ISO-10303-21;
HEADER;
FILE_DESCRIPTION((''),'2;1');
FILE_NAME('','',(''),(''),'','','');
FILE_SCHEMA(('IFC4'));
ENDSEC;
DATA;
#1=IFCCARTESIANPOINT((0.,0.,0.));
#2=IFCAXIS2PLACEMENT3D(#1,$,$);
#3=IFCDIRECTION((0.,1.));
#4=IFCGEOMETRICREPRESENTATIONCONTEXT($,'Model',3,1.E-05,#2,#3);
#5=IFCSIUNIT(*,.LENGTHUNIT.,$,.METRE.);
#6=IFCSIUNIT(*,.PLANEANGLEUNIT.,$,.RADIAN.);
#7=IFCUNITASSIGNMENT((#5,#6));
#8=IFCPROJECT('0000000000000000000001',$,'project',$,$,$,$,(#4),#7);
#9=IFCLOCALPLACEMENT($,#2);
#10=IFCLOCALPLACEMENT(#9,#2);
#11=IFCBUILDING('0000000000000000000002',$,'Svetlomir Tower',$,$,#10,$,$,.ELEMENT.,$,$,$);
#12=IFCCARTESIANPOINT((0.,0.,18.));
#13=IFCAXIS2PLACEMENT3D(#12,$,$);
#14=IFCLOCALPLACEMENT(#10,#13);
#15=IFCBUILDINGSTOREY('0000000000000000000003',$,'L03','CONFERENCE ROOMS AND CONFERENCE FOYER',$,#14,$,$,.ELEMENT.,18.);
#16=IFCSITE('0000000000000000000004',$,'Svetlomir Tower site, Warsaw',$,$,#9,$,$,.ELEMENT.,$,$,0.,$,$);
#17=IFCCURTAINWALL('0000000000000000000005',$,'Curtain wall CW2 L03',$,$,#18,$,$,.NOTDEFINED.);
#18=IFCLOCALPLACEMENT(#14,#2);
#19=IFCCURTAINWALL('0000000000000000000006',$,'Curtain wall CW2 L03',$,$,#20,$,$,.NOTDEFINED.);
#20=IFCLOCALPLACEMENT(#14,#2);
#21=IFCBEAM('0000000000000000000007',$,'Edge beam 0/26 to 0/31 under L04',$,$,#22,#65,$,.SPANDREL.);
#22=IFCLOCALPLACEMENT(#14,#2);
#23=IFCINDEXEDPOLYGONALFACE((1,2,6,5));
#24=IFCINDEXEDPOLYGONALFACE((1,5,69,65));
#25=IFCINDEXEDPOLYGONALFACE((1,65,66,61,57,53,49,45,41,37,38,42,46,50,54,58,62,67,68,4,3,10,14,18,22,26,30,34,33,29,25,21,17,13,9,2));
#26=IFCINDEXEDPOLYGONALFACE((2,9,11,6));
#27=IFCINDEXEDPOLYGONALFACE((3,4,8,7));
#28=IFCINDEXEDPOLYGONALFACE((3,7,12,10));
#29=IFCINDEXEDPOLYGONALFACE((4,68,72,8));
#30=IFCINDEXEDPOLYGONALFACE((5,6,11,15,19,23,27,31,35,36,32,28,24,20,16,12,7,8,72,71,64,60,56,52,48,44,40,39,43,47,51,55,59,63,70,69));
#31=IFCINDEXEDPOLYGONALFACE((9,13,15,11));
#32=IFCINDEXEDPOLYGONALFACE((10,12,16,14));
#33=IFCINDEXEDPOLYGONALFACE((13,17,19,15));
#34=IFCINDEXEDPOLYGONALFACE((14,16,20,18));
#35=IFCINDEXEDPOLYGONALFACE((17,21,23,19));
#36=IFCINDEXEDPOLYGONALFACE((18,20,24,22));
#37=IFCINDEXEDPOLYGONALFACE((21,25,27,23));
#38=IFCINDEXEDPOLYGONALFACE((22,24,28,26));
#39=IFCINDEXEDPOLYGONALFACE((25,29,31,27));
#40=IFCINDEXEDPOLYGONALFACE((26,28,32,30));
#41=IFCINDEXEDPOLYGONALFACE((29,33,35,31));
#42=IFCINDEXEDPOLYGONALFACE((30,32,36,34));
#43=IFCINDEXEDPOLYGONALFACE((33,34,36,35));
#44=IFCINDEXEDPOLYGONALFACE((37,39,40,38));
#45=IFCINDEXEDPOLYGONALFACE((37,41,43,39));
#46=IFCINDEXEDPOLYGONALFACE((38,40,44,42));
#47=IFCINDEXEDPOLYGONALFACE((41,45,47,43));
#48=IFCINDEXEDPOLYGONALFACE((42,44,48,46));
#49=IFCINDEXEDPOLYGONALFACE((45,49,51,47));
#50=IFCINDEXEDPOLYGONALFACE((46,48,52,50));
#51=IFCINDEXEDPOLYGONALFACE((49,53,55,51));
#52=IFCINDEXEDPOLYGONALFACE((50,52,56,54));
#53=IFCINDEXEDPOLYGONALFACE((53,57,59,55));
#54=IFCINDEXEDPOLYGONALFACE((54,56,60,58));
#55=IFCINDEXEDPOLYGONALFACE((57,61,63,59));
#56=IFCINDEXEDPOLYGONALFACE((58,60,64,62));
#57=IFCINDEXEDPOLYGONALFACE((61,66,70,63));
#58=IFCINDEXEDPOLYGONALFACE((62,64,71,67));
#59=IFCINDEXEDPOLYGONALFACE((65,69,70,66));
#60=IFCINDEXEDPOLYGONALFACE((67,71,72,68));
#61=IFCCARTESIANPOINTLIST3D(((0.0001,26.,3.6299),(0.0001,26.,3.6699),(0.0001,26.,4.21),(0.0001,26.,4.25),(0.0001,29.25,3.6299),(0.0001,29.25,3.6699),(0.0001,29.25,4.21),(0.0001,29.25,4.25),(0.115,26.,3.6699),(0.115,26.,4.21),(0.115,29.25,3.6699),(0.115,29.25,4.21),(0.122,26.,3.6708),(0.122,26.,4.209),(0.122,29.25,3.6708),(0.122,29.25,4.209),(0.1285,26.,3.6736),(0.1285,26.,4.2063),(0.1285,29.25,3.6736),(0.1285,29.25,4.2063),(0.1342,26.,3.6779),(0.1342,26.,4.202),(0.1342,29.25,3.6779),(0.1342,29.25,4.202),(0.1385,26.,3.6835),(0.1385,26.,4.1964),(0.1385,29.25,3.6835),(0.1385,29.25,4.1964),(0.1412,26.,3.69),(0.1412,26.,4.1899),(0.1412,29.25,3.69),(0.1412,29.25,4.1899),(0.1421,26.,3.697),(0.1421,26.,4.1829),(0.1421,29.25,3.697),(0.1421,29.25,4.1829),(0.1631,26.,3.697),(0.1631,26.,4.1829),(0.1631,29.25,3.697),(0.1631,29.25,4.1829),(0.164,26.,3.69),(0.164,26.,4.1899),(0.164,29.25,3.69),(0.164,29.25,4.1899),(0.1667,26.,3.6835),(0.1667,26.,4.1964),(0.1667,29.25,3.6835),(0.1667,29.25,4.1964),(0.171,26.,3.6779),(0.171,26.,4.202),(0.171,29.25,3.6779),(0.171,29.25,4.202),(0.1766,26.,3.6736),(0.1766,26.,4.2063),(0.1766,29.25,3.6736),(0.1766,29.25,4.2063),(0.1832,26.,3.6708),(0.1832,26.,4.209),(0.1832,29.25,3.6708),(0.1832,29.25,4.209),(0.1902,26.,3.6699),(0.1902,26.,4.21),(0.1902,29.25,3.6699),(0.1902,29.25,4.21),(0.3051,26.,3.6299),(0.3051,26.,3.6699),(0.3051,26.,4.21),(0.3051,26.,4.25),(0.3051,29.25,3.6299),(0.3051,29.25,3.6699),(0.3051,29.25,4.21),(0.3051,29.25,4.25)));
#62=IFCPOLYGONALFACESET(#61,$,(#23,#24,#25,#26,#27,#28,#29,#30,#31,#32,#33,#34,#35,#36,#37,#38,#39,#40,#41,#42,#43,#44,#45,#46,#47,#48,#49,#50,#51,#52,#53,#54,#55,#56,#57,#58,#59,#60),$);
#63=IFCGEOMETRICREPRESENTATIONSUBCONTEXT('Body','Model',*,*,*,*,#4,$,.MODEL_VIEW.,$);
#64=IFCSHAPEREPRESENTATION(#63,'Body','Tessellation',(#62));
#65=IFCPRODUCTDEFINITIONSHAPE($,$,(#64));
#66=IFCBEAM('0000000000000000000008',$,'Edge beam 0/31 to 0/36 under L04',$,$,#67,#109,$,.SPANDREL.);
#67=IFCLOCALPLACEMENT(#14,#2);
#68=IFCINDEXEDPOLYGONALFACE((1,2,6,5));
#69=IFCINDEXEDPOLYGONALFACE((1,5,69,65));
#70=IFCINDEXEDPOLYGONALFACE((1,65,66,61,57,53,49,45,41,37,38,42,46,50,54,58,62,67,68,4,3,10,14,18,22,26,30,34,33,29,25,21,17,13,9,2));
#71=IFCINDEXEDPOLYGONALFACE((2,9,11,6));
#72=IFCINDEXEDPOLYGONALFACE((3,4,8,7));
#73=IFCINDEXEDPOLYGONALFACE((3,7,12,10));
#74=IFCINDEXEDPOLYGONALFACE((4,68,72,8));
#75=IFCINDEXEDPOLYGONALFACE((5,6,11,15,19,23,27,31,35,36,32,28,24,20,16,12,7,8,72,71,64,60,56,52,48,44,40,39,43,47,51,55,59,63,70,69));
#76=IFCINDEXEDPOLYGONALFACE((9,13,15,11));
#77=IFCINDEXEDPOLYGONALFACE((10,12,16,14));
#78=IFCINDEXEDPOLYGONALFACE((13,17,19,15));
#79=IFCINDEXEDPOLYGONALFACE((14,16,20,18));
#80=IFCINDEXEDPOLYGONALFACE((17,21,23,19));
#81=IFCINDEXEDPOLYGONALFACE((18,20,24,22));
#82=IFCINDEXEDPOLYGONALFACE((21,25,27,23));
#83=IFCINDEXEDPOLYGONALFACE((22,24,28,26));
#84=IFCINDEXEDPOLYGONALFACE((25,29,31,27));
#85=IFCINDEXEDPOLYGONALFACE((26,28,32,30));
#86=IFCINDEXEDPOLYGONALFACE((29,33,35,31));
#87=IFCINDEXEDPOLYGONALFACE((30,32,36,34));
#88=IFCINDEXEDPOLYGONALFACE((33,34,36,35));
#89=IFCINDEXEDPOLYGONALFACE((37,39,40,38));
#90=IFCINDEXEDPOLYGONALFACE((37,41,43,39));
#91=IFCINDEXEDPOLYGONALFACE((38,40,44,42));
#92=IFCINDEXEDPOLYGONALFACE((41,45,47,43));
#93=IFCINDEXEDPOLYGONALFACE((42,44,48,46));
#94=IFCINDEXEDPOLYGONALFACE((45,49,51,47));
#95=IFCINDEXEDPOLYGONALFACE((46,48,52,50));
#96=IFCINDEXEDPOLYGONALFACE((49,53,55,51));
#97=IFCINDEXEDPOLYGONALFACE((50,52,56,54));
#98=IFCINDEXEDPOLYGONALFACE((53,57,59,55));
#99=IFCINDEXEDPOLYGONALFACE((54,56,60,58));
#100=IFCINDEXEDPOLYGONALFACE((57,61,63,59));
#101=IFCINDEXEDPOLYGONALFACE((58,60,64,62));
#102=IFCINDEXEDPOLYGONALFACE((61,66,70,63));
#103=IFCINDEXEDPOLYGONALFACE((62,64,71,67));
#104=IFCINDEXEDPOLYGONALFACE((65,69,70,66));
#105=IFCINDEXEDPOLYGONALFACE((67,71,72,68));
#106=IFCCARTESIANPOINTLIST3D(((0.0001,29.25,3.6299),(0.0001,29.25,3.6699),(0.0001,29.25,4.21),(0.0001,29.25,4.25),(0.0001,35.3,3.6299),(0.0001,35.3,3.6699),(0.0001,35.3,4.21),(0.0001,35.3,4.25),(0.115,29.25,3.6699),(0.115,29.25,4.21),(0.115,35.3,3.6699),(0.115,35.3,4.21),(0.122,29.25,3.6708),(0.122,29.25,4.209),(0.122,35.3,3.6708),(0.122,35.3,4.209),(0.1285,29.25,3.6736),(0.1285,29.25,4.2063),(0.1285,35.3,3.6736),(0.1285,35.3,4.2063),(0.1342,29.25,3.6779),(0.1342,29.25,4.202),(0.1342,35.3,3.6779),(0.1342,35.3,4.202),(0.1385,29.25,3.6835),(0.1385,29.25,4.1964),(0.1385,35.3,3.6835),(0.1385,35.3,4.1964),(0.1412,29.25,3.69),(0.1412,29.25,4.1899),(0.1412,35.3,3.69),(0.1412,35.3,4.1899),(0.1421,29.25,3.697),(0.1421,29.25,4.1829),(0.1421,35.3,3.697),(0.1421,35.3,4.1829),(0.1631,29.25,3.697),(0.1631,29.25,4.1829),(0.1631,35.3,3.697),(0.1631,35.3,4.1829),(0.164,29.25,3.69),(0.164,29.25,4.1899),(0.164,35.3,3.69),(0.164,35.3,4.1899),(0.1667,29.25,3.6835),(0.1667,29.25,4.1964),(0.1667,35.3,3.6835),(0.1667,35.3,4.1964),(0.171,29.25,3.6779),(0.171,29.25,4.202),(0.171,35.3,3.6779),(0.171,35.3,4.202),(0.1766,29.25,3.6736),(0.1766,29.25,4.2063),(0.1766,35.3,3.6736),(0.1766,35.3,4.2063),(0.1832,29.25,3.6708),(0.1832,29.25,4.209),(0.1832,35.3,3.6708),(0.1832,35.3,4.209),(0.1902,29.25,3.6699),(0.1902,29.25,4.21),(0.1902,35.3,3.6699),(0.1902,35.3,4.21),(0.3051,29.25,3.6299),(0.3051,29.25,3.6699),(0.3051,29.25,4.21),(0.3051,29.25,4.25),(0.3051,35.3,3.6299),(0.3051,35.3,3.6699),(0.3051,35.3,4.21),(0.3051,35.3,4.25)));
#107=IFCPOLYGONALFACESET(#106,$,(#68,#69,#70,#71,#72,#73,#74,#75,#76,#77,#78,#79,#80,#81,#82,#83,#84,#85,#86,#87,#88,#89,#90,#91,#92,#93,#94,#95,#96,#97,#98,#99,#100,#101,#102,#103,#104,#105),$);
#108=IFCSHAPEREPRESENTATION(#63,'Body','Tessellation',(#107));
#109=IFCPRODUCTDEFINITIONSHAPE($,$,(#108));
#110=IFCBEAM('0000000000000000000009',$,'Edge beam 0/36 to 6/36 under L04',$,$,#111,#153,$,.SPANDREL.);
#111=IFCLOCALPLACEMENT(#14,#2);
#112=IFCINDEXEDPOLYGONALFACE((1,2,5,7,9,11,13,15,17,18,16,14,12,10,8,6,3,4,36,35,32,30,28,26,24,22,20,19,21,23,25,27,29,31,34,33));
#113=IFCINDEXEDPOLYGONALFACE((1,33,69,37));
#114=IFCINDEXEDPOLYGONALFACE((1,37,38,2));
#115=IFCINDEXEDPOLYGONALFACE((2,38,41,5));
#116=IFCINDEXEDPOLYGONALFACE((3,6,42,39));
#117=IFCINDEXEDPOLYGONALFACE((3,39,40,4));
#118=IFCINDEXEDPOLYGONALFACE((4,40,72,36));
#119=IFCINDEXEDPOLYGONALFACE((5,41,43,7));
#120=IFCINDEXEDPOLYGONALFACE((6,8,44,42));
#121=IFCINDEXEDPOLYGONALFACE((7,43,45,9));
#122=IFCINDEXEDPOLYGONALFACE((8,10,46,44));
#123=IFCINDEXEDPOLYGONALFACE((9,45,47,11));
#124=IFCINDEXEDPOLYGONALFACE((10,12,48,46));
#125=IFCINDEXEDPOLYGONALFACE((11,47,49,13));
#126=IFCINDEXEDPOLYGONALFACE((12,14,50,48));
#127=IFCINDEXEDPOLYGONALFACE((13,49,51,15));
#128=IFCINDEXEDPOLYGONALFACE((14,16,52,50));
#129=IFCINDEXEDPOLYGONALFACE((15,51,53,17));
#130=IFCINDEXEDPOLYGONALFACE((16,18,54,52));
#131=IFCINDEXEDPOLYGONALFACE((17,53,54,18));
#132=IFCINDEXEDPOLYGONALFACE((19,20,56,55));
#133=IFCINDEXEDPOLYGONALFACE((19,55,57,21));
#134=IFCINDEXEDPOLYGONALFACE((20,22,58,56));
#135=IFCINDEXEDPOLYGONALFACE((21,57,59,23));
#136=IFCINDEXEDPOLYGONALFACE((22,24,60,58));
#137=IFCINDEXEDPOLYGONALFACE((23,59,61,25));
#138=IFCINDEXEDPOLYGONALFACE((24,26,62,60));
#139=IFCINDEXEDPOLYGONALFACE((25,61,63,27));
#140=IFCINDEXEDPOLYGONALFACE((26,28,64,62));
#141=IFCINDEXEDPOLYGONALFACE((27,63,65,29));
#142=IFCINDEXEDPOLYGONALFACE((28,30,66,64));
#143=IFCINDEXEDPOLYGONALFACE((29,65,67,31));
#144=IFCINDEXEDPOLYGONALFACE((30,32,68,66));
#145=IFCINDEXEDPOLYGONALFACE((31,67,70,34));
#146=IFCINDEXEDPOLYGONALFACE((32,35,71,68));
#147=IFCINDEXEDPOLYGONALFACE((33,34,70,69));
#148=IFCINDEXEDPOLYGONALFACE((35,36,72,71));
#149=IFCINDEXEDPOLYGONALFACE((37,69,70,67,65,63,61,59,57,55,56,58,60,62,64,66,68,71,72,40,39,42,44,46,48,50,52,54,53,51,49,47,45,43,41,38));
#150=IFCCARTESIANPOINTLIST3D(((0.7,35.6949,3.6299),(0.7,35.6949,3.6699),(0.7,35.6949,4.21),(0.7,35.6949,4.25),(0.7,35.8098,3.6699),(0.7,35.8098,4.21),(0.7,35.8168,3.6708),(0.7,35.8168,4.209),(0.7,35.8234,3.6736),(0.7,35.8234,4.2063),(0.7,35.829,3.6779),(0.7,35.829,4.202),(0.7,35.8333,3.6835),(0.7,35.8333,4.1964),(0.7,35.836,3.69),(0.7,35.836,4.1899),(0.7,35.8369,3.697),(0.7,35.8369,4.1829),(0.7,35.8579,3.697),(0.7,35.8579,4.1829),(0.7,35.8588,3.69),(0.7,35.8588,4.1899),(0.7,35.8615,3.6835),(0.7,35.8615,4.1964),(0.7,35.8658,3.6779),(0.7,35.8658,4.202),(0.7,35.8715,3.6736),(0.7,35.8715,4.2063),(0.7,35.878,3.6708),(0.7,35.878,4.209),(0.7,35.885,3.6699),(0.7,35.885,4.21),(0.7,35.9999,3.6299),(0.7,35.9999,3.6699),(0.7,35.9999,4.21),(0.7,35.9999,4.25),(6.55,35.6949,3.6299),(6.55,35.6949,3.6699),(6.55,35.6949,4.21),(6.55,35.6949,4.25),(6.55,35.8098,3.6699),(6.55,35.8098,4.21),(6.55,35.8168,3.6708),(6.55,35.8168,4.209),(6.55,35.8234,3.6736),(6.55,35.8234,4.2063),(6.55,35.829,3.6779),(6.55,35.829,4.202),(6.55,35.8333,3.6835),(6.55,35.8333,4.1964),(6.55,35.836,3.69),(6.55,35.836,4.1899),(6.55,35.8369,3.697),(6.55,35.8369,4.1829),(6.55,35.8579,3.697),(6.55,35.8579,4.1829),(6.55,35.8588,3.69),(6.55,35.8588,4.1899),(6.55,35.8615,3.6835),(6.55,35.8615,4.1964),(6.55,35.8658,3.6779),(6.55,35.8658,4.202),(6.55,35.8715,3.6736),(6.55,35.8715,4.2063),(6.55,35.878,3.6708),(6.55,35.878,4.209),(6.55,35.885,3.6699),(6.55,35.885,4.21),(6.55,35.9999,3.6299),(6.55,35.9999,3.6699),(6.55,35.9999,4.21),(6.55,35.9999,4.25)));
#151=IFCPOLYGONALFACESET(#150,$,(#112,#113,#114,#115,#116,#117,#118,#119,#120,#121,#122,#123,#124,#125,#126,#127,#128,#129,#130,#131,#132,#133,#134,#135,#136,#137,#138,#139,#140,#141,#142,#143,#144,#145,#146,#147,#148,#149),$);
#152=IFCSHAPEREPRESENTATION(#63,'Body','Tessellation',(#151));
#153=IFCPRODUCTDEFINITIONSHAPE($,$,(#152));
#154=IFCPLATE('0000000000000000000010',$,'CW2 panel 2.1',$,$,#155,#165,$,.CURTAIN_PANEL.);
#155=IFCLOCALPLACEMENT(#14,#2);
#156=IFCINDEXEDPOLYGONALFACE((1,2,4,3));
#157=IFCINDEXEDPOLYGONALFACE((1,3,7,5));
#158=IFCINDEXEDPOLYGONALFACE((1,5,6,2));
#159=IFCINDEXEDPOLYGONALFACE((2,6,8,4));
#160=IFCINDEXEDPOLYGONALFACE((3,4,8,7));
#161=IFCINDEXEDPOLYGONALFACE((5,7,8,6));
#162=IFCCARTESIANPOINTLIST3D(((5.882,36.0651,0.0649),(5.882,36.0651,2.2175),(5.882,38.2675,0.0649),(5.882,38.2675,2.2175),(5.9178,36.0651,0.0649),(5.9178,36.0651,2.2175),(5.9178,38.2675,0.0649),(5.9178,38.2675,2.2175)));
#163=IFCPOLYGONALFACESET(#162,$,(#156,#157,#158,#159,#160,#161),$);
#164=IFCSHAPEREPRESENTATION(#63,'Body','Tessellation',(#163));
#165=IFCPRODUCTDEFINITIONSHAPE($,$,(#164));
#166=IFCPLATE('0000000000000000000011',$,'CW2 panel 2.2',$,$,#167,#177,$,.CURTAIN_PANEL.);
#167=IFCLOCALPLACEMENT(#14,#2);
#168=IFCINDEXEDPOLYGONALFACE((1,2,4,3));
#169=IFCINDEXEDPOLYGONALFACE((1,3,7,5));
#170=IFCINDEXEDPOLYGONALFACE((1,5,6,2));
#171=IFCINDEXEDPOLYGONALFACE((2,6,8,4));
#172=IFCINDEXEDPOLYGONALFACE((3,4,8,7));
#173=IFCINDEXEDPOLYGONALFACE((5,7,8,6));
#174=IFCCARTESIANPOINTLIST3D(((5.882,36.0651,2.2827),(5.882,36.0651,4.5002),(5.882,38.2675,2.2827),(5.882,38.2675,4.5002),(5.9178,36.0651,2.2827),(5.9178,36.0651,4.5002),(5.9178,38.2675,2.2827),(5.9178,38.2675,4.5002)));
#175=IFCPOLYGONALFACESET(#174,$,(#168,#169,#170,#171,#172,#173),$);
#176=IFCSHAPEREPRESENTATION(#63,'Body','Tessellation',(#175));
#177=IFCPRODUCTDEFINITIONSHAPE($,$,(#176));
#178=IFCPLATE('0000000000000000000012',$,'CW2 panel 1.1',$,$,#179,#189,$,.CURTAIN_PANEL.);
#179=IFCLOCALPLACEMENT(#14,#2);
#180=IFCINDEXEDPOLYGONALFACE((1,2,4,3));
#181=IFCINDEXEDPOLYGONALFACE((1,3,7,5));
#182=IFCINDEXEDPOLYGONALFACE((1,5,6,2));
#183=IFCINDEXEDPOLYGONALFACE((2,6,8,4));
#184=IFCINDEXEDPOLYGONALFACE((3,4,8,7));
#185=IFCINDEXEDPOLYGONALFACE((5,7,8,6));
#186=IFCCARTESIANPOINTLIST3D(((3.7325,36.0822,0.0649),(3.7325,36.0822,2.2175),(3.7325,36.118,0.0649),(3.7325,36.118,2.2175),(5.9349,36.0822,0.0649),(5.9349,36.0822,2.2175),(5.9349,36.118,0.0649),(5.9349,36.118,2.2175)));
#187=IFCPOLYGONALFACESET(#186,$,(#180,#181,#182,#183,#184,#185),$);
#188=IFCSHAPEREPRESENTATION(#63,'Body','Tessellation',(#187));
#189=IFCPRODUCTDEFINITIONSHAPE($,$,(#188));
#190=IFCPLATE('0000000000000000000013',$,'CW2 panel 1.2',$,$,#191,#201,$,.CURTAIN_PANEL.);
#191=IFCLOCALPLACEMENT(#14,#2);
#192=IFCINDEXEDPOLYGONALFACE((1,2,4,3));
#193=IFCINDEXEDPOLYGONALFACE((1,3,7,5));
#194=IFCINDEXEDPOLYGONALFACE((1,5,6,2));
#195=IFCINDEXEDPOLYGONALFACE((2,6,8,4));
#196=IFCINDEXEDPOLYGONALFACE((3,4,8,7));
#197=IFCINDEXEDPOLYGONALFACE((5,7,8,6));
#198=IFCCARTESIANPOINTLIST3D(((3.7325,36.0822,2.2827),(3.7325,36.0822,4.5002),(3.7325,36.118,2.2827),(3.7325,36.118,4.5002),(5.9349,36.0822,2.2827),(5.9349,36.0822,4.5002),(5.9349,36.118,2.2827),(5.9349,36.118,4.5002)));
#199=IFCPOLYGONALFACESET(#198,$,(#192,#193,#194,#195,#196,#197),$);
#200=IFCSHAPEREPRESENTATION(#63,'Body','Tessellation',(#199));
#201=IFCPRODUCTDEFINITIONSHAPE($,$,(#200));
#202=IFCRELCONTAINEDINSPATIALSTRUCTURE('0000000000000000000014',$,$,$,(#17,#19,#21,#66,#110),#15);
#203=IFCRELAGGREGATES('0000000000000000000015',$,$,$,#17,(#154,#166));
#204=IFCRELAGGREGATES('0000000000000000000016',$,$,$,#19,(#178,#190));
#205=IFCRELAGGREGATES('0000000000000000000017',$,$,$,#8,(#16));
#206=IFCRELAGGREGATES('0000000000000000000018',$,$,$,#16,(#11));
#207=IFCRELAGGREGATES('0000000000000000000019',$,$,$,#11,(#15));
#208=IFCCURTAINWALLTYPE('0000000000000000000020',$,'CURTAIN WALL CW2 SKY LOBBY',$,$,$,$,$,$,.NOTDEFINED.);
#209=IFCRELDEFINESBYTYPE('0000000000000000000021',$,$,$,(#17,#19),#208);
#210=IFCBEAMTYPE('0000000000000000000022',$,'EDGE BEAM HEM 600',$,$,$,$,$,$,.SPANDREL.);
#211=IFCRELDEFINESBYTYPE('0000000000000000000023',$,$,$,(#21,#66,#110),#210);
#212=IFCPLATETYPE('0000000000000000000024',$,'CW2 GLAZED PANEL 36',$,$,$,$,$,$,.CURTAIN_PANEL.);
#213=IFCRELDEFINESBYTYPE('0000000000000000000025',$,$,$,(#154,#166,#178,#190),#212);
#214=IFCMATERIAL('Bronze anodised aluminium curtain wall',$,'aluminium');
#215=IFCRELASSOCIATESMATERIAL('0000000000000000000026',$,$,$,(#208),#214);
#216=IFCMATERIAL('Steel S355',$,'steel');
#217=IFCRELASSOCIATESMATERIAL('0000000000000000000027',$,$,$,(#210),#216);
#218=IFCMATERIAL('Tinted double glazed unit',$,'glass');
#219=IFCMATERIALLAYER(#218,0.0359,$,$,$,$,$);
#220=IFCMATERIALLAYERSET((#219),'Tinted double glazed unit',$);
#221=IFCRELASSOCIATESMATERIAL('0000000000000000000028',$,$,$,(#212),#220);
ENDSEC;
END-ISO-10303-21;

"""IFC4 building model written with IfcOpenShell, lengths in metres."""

from ifc_helpers import new_model, si_unit, direction, frame, origin, origin_2d, place, context, subcontext, project, spatial, rectangle, i_section, extrude, material, layer, layer_set, material_profile, profile_set, type_object, element, aggregate, save


model = new_model("IFC4")

# Units and contexts
model_context = context("Model", 3, precision=1e-05, world=origin(), true_north=direction((0.0, 1.0)))
body_context = subcontext(model_context, "Body", "Model", "MODEL_VIEW")
ifc_project = project(units=[si_unit("LENGTHUNIT", "METRE"), si_unit("PLANEANGLEUNIT", "RADIAN")], contexts=[model_context])

# Site, building, storey
site_placement = place(None, origin())
site = spatial("IfcSite", under=ifc_project, at=site_placement, Name="Svetlomir Tower site, Warsaw", CompositionType="ELEMENT", RefElevation=0.0)
building_placement = place(site_placement, origin())
building = spatial("IfcBuilding", under=site, at=building_placement, Name="Svetlomir Tower", CompositionType="ELEMENT")
storey_placement = place(building_placement, frame((0.0, 0.0, 18.0)))
storey = spatial("IfcBuildingStorey", under=building, at=storey_placement, Name="L03", Description="CONFERENCE ROOMS AND CONFERENCE FOYER", CompositionType="ELEMENT", Elevation=18.0)

# Curtain wall
ifc_material_1 = material(Name="Bronze anodised aluminium curtain wall", Category="aluminium")
curtain_wall_type = type_object("IfcCurtainWallType", Name="CURTAIN WALL CW2 SKY LOBBY", PredefinedType="NOTDEFINED", material=ifc_material_1)
curtain_wall_1_placement = place(storey_placement, origin())
curtain_wall_1 = element("IfcCurtainWall", 1, at=curtain_wall_1_placement, inside=storey, type_object=curtain_wall_type, Name="Curtain wall CW2 L03", PredefinedType="NOTDEFINED")

# Curtain wall
curtain_wall_2_placement = place(storey_placement, origin())
curtain_wall_2 = element("IfcCurtainWall", 2, at=curtain_wall_2_placement, inside=storey, type_object=curtain_wall_type, Name="Curtain wall CW2 L03", PredefinedType="NOTDEFINED")

# Beams
ifc_material_2 = material(Name="Steel S355", Category="steel")
ifc_material_profile_1 = material_profile(ifc_material_2, i_section(OverallWidth=0.3049, OverallDepth=0.6201, WebThickness=0.021, FlangeThickness=0.04, FilletRadius=0.0271, at=origin_2d()), Name="HEM 600")
ifc_profile_set_1 = profile_set([ifc_material_profile_1], Name="Steel S355")
beam_type = type_object("IfcBeamType", Name="EDGE BEAM HEM 600", PredefinedType="SPANDREL", material=ifc_profile_set_1)
beam_1_placement = place(storey_placement, frame((0.1526, 26.0, 3.9399), z_axis=(0.0, 1.0, 0.0), x_axis=(-1.0, 0.0, 0.0)))
element("IfcBeam", 3, at=beam_1_placement, inside=storey, type_object=beam_type, Name="Edge beam 0/26 to 0/31 under L04", PredefinedType="SPANDREL", context=body_context, shape_type="SweptSolid", body=[
    extrude(i_section(OverallWidth=0.3049, OverallDepth=0.6201, WebThickness=0.021, FlangeThickness=0.04, FilletRadius=0.0271, at=origin_2d()), origin(), (0.0, 0.0, 1.0), 3.25),
])
beam_2_placement = place(storey_placement, frame((0.1526, 29.25, 3.9399), z_axis=(0.0, 1.0, 0.0), x_axis=(-1.0, 0.0, 0.0)))
element("IfcBeam", 4, at=beam_2_placement, inside=storey, type_object=beam_type, Name="Edge beam 0/31 to 0/36 under L04", PredefinedType="SPANDREL", context=body_context, shape_type="SweptSolid", body=[
    extrude(i_section(OverallWidth=0.3049, OverallDepth=0.6201, WebThickness=0.021, FlangeThickness=0.04, FilletRadius=0.0271, at=origin_2d()), origin(), (0.0, 0.0, 1.0), 6.05),
])
beam_3_placement = place(storey_placement, frame((0.7, 35.8474, 3.9399), z_axis=(1.0, 0.0, 0.0), x_axis=(0.0, 1.0, 0.0)))
element("IfcBeam", 5, at=beam_3_placement, inside=storey, type_object=beam_type, Name="Edge beam 0/36 to 6/36 under L04", PredefinedType="SPANDREL", context=body_context, shape_type="SweptSolid", body=[
    extrude(i_section(OverallWidth=0.3049, OverallDepth=0.6201, WebThickness=0.021, FlangeThickness=0.04, FilletRadius=0.0271, at=origin_2d()), origin(), (0.0, 0.0, 1.0), 5.8501),
])

# Plates
ifc_material_3 = material(Name="Tinted double glazed unit", Category="glass")
ifc_layer_1 = layer(ifc_material_3, 0.0359)
ifc_layer_set_1 = layer_set([ifc_layer_1], Name="Tinted double glazed unit")
plate_type = type_object("IfcPlateType", Name="CW2 GLAZED PANEL 36", PredefinedType="CURTAIN_PANEL", material=ifc_layer_set_1)
plate_1_placement = place(storey_placement, frame((5.8999, 37.1663, 0.0649), z_axis=(0.0, 0.0, 1.0), x_axis=(0.0, -1.0, 0.0)))
plate_1 = element("IfcPlate", 6, at=plate_1_placement, type_object=plate_type, Name="CW2 panel 2.1", PredefinedType="CURTAIN_PANEL", context=body_context, shape_type="SweptSolid", body=[
    extrude(rectangle(XDim=2.2024, YDim=0.0359, at=origin_2d()), origin(), (0.0, 0.0, 1.0), 2.1526),
])
plate_2_placement = place(storey_placement, frame((5.8999, 37.1663, 2.2827), z_axis=(0.0, 0.0, 1.0), x_axis=(0.0, -1.0, 0.0)))
plate_2 = element("IfcPlate", 7, at=plate_2_placement, type_object=plate_type, Name="CW2 panel 2.2", PredefinedType="CURTAIN_PANEL", context=body_context, shape_type="SweptSolid", body=[
    extrude(rectangle(XDim=2.2024, YDim=0.0359, at=origin_2d()), origin(), (0.0, 0.0, 1.0), 2.2175),
])
aggregate(curtain_wall_1, [plate_1, plate_2])
plate_3_placement = place(storey_placement, frame((4.8337, 36.1001, 0.0649), z_axis=(0.0, 0.0, 1.0), x_axis=(-1.0, 0.0, 0.0)))
plate_3 = element("IfcPlate", 8, at=plate_3_placement, type_object=plate_type, Name="CW2 panel 1.1", PredefinedType="CURTAIN_PANEL", context=body_context, shape_type="SweptSolid", body=[
    extrude(rectangle(XDim=2.2024, YDim=0.0359, at=origin_2d()), origin(), (0.0, 0.0, 1.0), 2.1526),
])
plate_4_placement = place(storey_placement, frame((4.8337, 36.1001, 2.2827), z_axis=(0.0, 0.0, 1.0), x_axis=(-1.0, 0.0, 0.0)))
plate_4 = element("IfcPlate", 9, at=plate_4_placement, type_object=plate_type, Name="CW2 panel 1.2", PredefinedType="CURTAIN_PANEL", context=body_context, shape_type="SweptSolid", body=[
    extrude(rectangle(XDim=2.2024, YDim=0.0359, at=origin_2d()), origin(), (0.0, 0.0, 1.0), 2.2175),
])
aggregate(curtain_wall_2, [plate_3, plate_4])

save(model, "model.ifc")
